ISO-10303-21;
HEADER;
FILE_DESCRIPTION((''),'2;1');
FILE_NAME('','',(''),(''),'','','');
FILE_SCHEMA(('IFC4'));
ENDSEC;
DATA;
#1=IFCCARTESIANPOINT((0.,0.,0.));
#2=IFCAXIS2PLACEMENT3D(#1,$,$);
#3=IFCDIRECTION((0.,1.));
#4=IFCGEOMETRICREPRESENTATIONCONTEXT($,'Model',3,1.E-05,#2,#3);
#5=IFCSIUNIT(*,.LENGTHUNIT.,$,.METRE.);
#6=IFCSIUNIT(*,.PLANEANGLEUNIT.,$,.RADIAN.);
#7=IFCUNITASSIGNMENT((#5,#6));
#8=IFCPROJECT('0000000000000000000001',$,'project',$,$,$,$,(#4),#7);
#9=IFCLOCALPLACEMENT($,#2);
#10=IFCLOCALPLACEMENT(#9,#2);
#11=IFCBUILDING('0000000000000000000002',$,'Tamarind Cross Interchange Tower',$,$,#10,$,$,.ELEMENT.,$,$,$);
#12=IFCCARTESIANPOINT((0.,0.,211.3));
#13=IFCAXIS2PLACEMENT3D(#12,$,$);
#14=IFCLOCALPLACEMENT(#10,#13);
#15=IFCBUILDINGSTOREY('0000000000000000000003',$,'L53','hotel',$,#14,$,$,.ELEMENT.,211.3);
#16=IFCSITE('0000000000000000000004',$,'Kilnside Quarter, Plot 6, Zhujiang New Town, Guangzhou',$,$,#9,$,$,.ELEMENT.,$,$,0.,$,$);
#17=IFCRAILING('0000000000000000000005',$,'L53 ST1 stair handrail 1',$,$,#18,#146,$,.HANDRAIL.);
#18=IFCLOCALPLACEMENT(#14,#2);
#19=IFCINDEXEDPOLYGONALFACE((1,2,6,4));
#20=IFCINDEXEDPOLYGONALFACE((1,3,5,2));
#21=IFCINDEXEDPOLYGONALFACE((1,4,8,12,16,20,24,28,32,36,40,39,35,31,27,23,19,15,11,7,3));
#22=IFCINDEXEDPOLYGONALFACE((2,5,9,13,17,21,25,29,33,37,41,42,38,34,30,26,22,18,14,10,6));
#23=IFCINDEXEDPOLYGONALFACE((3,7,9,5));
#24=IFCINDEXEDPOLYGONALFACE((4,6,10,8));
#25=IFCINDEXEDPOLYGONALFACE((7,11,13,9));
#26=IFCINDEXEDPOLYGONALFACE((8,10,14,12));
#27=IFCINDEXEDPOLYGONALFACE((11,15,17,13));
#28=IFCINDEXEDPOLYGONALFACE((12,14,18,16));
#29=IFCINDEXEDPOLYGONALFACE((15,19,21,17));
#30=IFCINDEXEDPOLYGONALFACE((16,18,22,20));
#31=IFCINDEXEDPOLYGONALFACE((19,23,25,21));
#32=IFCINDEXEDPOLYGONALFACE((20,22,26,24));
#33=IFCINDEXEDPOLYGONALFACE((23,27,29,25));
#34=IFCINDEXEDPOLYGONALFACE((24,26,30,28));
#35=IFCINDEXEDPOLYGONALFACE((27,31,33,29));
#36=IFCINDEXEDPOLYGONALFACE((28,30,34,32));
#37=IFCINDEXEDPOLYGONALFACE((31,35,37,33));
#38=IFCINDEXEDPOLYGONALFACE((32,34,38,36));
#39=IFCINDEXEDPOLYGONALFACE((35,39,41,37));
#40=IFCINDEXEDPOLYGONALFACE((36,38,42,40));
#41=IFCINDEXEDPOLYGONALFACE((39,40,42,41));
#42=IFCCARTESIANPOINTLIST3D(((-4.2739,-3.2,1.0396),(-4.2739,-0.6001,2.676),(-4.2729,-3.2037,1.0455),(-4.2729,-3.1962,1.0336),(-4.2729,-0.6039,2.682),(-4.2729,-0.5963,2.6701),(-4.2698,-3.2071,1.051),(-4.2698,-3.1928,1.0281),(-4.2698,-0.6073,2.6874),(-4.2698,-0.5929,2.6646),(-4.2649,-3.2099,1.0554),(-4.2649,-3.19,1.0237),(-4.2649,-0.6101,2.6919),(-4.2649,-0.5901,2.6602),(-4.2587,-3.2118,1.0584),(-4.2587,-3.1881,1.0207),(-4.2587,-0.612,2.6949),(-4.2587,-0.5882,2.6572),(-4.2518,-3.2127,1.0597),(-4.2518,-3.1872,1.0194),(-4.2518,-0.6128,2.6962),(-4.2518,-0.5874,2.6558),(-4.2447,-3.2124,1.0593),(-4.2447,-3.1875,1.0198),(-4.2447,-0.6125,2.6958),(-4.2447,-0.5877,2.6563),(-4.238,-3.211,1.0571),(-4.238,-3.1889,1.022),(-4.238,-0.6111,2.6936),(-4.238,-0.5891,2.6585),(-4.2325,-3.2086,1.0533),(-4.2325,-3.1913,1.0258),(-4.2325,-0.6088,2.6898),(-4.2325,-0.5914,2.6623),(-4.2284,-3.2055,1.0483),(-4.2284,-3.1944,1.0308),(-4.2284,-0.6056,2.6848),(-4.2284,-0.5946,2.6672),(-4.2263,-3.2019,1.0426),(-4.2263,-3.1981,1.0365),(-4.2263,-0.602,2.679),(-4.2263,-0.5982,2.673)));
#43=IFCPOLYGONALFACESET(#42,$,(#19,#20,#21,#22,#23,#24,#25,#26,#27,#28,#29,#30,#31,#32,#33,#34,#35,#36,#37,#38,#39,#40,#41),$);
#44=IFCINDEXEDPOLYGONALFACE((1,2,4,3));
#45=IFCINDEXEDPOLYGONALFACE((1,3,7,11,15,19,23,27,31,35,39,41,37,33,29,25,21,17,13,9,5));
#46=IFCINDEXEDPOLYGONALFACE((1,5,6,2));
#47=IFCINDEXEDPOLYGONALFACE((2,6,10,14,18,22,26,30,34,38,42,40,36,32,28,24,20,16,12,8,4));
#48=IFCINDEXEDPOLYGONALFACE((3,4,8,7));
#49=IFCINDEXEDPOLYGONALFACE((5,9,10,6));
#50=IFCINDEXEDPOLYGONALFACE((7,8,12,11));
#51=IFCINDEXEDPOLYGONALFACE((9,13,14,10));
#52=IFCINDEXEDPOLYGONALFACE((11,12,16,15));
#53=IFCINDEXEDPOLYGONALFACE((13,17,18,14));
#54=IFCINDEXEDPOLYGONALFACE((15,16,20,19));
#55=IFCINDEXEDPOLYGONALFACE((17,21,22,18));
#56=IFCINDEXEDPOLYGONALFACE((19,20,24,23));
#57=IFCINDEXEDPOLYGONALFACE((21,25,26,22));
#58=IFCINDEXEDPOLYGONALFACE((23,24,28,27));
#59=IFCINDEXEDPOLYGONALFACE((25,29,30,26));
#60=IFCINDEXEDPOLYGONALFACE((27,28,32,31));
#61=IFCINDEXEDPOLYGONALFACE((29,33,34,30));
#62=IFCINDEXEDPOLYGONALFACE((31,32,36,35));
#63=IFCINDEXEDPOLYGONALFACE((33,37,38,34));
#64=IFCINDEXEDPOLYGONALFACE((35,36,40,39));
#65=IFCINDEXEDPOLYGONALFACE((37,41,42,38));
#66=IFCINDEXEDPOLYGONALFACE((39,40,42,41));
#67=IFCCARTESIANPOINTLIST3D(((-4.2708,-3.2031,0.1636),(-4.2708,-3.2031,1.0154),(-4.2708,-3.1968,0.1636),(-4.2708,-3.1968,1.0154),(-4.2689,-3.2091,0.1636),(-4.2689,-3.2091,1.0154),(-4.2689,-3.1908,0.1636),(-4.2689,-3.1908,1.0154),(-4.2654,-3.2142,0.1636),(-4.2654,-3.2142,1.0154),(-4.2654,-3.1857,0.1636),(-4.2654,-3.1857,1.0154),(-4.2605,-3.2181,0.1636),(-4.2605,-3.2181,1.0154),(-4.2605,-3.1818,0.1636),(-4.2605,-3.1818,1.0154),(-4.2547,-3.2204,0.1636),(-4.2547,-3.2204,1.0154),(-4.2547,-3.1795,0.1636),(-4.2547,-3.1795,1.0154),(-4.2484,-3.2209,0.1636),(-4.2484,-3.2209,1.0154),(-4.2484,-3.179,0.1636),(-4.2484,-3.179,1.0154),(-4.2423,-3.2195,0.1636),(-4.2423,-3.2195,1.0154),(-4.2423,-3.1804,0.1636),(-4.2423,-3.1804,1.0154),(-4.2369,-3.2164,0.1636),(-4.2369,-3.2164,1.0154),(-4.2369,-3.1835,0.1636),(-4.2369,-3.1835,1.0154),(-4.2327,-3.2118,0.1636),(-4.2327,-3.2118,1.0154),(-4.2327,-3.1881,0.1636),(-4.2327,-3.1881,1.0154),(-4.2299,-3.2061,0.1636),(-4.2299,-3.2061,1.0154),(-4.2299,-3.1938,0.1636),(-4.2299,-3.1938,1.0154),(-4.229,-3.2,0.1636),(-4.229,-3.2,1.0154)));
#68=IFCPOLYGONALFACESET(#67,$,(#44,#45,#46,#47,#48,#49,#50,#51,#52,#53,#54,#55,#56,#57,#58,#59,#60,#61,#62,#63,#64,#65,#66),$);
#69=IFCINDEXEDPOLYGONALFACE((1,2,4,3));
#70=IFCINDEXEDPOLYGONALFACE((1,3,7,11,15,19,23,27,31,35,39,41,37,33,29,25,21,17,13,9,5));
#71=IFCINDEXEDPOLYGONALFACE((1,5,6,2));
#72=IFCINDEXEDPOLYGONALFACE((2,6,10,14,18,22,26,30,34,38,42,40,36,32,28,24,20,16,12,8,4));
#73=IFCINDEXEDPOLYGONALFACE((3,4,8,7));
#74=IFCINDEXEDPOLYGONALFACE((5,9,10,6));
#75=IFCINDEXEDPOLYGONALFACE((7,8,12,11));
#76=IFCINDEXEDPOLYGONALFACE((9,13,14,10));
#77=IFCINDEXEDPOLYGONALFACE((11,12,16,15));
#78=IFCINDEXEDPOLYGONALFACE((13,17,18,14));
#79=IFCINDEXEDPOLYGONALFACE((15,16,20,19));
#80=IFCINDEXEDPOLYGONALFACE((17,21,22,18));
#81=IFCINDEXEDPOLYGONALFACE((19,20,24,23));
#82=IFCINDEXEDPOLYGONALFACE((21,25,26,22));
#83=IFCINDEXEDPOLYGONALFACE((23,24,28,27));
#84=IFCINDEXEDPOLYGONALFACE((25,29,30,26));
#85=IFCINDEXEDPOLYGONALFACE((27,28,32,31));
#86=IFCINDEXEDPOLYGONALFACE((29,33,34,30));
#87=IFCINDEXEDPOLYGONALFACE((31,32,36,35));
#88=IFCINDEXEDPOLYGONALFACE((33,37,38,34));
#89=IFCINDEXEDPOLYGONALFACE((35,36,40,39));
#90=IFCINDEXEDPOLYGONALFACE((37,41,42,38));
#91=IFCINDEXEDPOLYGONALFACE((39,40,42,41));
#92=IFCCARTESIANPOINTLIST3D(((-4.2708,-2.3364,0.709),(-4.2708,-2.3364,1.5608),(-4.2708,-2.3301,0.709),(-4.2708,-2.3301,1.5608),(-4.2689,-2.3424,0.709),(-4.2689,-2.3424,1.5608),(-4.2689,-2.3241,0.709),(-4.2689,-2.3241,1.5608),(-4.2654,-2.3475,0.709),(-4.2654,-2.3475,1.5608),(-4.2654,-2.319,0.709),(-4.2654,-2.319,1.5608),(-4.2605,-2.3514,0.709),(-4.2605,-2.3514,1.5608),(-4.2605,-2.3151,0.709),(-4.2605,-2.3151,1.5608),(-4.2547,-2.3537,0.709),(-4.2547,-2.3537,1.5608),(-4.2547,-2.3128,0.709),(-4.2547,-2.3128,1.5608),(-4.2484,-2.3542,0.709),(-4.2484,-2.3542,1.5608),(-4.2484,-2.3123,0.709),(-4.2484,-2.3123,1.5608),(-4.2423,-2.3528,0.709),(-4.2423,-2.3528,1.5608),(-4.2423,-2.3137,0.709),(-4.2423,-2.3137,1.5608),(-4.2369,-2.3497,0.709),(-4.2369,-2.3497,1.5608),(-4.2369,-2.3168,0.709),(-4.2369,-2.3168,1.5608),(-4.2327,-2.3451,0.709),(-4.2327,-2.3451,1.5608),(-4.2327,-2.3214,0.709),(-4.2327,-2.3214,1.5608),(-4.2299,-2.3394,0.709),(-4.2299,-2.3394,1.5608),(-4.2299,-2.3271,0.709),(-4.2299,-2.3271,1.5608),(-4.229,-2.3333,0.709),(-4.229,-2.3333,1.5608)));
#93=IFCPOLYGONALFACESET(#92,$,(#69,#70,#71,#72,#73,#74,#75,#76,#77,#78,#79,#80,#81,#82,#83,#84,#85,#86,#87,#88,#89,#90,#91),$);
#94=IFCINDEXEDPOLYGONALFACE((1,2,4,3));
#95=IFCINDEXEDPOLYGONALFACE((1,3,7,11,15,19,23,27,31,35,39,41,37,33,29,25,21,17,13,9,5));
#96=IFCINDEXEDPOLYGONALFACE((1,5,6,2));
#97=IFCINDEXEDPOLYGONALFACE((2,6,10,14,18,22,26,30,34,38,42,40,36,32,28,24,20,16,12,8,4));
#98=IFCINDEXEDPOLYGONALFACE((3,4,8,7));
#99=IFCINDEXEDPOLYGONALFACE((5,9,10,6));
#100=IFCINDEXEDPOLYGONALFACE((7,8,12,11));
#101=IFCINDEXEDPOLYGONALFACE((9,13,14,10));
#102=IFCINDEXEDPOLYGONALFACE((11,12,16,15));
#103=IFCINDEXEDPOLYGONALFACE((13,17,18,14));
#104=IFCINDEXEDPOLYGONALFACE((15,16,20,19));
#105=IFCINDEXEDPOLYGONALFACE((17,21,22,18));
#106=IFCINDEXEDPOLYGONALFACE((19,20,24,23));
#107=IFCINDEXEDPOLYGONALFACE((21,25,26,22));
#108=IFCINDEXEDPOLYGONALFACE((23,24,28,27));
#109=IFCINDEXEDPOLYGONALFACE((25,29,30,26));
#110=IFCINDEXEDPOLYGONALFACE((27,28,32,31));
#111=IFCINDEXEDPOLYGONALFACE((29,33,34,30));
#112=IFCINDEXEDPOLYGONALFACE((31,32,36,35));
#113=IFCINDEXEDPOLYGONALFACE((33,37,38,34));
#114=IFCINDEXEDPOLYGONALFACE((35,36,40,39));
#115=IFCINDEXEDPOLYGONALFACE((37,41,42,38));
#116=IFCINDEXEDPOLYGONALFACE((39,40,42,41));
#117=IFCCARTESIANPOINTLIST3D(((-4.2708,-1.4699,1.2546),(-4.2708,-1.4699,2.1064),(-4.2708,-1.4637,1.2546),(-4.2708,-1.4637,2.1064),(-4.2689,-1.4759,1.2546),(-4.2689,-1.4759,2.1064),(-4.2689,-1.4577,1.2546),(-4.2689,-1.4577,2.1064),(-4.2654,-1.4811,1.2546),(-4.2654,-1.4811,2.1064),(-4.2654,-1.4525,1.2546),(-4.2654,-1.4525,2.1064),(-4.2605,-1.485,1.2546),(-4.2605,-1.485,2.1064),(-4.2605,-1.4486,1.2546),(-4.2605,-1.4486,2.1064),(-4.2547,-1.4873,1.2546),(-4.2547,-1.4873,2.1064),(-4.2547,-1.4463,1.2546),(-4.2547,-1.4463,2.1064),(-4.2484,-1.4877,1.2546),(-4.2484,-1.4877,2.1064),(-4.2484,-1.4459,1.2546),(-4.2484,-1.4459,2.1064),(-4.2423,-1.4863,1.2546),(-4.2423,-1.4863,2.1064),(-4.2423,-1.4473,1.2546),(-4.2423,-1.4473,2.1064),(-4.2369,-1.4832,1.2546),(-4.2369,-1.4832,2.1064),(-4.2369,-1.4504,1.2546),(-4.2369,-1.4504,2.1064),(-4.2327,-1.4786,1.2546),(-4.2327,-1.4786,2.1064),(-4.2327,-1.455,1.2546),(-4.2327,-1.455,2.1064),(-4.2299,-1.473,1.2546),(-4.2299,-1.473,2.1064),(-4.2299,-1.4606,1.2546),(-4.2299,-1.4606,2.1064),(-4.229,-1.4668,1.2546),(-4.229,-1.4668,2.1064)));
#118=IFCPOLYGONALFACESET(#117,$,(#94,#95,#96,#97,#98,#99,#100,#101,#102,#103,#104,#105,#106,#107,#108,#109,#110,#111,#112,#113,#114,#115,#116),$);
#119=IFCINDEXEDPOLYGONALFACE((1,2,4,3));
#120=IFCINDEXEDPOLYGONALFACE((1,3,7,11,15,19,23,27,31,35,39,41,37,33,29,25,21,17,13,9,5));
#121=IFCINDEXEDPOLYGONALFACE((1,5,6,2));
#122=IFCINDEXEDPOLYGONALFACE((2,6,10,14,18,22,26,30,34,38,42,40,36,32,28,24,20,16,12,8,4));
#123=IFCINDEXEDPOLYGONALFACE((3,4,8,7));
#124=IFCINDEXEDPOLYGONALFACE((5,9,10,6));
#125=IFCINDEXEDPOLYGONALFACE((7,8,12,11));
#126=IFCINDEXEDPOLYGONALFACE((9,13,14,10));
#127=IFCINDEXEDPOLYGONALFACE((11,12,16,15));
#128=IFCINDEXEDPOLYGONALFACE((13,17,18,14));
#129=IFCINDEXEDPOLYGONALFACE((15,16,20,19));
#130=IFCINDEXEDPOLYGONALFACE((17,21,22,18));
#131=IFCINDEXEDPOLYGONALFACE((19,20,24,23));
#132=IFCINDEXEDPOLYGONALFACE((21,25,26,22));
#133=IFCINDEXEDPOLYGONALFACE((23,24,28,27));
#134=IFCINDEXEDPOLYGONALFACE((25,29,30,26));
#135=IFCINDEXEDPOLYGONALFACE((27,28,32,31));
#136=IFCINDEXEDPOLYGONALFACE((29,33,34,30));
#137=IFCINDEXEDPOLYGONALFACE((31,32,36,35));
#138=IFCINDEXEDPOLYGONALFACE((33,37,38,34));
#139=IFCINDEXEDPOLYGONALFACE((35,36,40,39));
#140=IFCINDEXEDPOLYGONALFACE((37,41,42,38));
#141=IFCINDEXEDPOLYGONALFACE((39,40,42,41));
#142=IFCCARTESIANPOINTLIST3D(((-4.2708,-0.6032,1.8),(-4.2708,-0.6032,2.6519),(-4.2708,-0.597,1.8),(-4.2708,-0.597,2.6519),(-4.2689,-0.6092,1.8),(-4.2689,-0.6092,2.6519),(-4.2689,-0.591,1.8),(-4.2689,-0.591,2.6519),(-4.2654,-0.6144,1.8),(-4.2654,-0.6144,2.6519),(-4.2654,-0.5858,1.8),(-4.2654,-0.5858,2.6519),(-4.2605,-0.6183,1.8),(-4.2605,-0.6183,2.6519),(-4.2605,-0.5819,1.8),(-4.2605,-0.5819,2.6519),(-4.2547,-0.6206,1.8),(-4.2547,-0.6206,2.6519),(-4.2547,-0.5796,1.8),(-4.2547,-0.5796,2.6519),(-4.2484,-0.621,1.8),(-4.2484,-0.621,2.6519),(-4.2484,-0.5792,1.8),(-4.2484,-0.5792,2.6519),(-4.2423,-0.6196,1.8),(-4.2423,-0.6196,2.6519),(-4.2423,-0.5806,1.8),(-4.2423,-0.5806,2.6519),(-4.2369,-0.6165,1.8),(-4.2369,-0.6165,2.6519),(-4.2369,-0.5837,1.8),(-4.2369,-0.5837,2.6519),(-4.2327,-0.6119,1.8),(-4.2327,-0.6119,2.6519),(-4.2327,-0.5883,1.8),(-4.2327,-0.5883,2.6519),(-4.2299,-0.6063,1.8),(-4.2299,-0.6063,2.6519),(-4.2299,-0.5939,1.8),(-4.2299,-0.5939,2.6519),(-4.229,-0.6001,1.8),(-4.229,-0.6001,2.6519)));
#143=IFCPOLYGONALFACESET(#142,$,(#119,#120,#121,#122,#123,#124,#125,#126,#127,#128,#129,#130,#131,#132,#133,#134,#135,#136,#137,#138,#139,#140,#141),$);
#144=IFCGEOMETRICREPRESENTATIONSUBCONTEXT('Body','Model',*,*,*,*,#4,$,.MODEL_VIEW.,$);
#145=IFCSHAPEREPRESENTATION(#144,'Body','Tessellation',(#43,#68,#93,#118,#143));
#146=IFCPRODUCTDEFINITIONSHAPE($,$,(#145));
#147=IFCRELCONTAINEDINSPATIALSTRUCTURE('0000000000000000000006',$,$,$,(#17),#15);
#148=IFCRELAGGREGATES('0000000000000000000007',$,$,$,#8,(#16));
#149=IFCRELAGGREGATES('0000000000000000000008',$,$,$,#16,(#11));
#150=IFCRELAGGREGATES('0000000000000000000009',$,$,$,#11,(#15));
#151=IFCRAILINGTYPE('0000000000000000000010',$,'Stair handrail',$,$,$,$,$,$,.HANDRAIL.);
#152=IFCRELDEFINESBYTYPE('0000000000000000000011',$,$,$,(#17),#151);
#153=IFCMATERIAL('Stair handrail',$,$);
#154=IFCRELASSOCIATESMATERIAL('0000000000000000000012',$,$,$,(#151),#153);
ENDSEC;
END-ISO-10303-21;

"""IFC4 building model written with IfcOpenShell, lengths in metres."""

from ifc_helpers import new_model, si_unit, direction, frame, origin, origin_2d, place, context, subcontext, project, spatial, circle, extrude, material, type_object, element, save


model = new_model("IFC4")

# Units and contexts
model_context = context("Model", 3, precision=1e-05, world=origin(), true_north=direction((0.0, 1.0)))
body_context = subcontext(model_context, "Body", "Model", "MODEL_VIEW")
ifc_project = project(units=[si_unit("LENGTHUNIT", "METRE"), si_unit("PLANEANGLEUNIT", "RADIAN")], contexts=[model_context])

# Site, building, storey
site_placement = place(None, origin())
site = spatial("IfcSite", under=ifc_project, at=site_placement, Name="Kilnside Quarter, Plot 6, Zhujiang New Town, Guangzhou", CompositionType="ELEMENT", RefElevation=0.0)
building_placement = place(site_placement, origin())
building = spatial("IfcBuilding", under=site, at=building_placement, Name="Tamarind Cross Interchange Tower", CompositionType="ELEMENT")
storey_placement = place(building_placement, frame((0.0, 0.0, 211.3)))
storey = spatial("IfcBuildingStorey", under=building, at=storey_placement, Name="L53", Description="hotel", CompositionType="ELEMENT", Elevation=211.3)

# Railing
ifc_material_1 = material(Name="Stair handrail")
railing_type_1 = type_object("IfcRailingType", Name="Stair handrail", PredefinedType="HANDRAIL", material=ifc_material_1)
railing_1_placement = place(storey_placement, frame((-4.25, -3.2, 0.1636)))
element("IfcRailing", 1, at=railing_1_placement, inside=storey, type_object=railing_type_1, Name="L53 ST1 stair handrail 1", PredefinedType="HANDRAIL", context=body_context, shape_type="SweptSolid", body=[
    extrude(circle(Radius=0.0239, at=origin_2d()), frame((0.0, 0.0, 0.876), z_axis=(0.0, 0.846302, 0.532704), x_axis=(-1.0, 0.0, 0.0)), (0.0, 0.0, 1.0), 3.072),
    extrude(circle(Radius=0.021, at=origin_2d()), origin(), (0.0, 0.0, 1.0), 0.8518),
    extrude(circle(Radius=0.021, at=origin_2d()), frame((0.0, 0.8667, 0.5454)), (0.0, 0.0, 1.0), 0.8518),
    extrude(circle(Radius=0.021, at=origin_2d()), frame((0.0, 1.7332, 1.0911)), (0.0, 0.0, 1.0), 0.8518),
    extrude(circle(Radius=0.021, at=origin_2d()), frame((0.0, 2.5999, 1.6365)), (0.0, 0.0, 1.0), 0.8518),
])

save(model, "model.ifc")
